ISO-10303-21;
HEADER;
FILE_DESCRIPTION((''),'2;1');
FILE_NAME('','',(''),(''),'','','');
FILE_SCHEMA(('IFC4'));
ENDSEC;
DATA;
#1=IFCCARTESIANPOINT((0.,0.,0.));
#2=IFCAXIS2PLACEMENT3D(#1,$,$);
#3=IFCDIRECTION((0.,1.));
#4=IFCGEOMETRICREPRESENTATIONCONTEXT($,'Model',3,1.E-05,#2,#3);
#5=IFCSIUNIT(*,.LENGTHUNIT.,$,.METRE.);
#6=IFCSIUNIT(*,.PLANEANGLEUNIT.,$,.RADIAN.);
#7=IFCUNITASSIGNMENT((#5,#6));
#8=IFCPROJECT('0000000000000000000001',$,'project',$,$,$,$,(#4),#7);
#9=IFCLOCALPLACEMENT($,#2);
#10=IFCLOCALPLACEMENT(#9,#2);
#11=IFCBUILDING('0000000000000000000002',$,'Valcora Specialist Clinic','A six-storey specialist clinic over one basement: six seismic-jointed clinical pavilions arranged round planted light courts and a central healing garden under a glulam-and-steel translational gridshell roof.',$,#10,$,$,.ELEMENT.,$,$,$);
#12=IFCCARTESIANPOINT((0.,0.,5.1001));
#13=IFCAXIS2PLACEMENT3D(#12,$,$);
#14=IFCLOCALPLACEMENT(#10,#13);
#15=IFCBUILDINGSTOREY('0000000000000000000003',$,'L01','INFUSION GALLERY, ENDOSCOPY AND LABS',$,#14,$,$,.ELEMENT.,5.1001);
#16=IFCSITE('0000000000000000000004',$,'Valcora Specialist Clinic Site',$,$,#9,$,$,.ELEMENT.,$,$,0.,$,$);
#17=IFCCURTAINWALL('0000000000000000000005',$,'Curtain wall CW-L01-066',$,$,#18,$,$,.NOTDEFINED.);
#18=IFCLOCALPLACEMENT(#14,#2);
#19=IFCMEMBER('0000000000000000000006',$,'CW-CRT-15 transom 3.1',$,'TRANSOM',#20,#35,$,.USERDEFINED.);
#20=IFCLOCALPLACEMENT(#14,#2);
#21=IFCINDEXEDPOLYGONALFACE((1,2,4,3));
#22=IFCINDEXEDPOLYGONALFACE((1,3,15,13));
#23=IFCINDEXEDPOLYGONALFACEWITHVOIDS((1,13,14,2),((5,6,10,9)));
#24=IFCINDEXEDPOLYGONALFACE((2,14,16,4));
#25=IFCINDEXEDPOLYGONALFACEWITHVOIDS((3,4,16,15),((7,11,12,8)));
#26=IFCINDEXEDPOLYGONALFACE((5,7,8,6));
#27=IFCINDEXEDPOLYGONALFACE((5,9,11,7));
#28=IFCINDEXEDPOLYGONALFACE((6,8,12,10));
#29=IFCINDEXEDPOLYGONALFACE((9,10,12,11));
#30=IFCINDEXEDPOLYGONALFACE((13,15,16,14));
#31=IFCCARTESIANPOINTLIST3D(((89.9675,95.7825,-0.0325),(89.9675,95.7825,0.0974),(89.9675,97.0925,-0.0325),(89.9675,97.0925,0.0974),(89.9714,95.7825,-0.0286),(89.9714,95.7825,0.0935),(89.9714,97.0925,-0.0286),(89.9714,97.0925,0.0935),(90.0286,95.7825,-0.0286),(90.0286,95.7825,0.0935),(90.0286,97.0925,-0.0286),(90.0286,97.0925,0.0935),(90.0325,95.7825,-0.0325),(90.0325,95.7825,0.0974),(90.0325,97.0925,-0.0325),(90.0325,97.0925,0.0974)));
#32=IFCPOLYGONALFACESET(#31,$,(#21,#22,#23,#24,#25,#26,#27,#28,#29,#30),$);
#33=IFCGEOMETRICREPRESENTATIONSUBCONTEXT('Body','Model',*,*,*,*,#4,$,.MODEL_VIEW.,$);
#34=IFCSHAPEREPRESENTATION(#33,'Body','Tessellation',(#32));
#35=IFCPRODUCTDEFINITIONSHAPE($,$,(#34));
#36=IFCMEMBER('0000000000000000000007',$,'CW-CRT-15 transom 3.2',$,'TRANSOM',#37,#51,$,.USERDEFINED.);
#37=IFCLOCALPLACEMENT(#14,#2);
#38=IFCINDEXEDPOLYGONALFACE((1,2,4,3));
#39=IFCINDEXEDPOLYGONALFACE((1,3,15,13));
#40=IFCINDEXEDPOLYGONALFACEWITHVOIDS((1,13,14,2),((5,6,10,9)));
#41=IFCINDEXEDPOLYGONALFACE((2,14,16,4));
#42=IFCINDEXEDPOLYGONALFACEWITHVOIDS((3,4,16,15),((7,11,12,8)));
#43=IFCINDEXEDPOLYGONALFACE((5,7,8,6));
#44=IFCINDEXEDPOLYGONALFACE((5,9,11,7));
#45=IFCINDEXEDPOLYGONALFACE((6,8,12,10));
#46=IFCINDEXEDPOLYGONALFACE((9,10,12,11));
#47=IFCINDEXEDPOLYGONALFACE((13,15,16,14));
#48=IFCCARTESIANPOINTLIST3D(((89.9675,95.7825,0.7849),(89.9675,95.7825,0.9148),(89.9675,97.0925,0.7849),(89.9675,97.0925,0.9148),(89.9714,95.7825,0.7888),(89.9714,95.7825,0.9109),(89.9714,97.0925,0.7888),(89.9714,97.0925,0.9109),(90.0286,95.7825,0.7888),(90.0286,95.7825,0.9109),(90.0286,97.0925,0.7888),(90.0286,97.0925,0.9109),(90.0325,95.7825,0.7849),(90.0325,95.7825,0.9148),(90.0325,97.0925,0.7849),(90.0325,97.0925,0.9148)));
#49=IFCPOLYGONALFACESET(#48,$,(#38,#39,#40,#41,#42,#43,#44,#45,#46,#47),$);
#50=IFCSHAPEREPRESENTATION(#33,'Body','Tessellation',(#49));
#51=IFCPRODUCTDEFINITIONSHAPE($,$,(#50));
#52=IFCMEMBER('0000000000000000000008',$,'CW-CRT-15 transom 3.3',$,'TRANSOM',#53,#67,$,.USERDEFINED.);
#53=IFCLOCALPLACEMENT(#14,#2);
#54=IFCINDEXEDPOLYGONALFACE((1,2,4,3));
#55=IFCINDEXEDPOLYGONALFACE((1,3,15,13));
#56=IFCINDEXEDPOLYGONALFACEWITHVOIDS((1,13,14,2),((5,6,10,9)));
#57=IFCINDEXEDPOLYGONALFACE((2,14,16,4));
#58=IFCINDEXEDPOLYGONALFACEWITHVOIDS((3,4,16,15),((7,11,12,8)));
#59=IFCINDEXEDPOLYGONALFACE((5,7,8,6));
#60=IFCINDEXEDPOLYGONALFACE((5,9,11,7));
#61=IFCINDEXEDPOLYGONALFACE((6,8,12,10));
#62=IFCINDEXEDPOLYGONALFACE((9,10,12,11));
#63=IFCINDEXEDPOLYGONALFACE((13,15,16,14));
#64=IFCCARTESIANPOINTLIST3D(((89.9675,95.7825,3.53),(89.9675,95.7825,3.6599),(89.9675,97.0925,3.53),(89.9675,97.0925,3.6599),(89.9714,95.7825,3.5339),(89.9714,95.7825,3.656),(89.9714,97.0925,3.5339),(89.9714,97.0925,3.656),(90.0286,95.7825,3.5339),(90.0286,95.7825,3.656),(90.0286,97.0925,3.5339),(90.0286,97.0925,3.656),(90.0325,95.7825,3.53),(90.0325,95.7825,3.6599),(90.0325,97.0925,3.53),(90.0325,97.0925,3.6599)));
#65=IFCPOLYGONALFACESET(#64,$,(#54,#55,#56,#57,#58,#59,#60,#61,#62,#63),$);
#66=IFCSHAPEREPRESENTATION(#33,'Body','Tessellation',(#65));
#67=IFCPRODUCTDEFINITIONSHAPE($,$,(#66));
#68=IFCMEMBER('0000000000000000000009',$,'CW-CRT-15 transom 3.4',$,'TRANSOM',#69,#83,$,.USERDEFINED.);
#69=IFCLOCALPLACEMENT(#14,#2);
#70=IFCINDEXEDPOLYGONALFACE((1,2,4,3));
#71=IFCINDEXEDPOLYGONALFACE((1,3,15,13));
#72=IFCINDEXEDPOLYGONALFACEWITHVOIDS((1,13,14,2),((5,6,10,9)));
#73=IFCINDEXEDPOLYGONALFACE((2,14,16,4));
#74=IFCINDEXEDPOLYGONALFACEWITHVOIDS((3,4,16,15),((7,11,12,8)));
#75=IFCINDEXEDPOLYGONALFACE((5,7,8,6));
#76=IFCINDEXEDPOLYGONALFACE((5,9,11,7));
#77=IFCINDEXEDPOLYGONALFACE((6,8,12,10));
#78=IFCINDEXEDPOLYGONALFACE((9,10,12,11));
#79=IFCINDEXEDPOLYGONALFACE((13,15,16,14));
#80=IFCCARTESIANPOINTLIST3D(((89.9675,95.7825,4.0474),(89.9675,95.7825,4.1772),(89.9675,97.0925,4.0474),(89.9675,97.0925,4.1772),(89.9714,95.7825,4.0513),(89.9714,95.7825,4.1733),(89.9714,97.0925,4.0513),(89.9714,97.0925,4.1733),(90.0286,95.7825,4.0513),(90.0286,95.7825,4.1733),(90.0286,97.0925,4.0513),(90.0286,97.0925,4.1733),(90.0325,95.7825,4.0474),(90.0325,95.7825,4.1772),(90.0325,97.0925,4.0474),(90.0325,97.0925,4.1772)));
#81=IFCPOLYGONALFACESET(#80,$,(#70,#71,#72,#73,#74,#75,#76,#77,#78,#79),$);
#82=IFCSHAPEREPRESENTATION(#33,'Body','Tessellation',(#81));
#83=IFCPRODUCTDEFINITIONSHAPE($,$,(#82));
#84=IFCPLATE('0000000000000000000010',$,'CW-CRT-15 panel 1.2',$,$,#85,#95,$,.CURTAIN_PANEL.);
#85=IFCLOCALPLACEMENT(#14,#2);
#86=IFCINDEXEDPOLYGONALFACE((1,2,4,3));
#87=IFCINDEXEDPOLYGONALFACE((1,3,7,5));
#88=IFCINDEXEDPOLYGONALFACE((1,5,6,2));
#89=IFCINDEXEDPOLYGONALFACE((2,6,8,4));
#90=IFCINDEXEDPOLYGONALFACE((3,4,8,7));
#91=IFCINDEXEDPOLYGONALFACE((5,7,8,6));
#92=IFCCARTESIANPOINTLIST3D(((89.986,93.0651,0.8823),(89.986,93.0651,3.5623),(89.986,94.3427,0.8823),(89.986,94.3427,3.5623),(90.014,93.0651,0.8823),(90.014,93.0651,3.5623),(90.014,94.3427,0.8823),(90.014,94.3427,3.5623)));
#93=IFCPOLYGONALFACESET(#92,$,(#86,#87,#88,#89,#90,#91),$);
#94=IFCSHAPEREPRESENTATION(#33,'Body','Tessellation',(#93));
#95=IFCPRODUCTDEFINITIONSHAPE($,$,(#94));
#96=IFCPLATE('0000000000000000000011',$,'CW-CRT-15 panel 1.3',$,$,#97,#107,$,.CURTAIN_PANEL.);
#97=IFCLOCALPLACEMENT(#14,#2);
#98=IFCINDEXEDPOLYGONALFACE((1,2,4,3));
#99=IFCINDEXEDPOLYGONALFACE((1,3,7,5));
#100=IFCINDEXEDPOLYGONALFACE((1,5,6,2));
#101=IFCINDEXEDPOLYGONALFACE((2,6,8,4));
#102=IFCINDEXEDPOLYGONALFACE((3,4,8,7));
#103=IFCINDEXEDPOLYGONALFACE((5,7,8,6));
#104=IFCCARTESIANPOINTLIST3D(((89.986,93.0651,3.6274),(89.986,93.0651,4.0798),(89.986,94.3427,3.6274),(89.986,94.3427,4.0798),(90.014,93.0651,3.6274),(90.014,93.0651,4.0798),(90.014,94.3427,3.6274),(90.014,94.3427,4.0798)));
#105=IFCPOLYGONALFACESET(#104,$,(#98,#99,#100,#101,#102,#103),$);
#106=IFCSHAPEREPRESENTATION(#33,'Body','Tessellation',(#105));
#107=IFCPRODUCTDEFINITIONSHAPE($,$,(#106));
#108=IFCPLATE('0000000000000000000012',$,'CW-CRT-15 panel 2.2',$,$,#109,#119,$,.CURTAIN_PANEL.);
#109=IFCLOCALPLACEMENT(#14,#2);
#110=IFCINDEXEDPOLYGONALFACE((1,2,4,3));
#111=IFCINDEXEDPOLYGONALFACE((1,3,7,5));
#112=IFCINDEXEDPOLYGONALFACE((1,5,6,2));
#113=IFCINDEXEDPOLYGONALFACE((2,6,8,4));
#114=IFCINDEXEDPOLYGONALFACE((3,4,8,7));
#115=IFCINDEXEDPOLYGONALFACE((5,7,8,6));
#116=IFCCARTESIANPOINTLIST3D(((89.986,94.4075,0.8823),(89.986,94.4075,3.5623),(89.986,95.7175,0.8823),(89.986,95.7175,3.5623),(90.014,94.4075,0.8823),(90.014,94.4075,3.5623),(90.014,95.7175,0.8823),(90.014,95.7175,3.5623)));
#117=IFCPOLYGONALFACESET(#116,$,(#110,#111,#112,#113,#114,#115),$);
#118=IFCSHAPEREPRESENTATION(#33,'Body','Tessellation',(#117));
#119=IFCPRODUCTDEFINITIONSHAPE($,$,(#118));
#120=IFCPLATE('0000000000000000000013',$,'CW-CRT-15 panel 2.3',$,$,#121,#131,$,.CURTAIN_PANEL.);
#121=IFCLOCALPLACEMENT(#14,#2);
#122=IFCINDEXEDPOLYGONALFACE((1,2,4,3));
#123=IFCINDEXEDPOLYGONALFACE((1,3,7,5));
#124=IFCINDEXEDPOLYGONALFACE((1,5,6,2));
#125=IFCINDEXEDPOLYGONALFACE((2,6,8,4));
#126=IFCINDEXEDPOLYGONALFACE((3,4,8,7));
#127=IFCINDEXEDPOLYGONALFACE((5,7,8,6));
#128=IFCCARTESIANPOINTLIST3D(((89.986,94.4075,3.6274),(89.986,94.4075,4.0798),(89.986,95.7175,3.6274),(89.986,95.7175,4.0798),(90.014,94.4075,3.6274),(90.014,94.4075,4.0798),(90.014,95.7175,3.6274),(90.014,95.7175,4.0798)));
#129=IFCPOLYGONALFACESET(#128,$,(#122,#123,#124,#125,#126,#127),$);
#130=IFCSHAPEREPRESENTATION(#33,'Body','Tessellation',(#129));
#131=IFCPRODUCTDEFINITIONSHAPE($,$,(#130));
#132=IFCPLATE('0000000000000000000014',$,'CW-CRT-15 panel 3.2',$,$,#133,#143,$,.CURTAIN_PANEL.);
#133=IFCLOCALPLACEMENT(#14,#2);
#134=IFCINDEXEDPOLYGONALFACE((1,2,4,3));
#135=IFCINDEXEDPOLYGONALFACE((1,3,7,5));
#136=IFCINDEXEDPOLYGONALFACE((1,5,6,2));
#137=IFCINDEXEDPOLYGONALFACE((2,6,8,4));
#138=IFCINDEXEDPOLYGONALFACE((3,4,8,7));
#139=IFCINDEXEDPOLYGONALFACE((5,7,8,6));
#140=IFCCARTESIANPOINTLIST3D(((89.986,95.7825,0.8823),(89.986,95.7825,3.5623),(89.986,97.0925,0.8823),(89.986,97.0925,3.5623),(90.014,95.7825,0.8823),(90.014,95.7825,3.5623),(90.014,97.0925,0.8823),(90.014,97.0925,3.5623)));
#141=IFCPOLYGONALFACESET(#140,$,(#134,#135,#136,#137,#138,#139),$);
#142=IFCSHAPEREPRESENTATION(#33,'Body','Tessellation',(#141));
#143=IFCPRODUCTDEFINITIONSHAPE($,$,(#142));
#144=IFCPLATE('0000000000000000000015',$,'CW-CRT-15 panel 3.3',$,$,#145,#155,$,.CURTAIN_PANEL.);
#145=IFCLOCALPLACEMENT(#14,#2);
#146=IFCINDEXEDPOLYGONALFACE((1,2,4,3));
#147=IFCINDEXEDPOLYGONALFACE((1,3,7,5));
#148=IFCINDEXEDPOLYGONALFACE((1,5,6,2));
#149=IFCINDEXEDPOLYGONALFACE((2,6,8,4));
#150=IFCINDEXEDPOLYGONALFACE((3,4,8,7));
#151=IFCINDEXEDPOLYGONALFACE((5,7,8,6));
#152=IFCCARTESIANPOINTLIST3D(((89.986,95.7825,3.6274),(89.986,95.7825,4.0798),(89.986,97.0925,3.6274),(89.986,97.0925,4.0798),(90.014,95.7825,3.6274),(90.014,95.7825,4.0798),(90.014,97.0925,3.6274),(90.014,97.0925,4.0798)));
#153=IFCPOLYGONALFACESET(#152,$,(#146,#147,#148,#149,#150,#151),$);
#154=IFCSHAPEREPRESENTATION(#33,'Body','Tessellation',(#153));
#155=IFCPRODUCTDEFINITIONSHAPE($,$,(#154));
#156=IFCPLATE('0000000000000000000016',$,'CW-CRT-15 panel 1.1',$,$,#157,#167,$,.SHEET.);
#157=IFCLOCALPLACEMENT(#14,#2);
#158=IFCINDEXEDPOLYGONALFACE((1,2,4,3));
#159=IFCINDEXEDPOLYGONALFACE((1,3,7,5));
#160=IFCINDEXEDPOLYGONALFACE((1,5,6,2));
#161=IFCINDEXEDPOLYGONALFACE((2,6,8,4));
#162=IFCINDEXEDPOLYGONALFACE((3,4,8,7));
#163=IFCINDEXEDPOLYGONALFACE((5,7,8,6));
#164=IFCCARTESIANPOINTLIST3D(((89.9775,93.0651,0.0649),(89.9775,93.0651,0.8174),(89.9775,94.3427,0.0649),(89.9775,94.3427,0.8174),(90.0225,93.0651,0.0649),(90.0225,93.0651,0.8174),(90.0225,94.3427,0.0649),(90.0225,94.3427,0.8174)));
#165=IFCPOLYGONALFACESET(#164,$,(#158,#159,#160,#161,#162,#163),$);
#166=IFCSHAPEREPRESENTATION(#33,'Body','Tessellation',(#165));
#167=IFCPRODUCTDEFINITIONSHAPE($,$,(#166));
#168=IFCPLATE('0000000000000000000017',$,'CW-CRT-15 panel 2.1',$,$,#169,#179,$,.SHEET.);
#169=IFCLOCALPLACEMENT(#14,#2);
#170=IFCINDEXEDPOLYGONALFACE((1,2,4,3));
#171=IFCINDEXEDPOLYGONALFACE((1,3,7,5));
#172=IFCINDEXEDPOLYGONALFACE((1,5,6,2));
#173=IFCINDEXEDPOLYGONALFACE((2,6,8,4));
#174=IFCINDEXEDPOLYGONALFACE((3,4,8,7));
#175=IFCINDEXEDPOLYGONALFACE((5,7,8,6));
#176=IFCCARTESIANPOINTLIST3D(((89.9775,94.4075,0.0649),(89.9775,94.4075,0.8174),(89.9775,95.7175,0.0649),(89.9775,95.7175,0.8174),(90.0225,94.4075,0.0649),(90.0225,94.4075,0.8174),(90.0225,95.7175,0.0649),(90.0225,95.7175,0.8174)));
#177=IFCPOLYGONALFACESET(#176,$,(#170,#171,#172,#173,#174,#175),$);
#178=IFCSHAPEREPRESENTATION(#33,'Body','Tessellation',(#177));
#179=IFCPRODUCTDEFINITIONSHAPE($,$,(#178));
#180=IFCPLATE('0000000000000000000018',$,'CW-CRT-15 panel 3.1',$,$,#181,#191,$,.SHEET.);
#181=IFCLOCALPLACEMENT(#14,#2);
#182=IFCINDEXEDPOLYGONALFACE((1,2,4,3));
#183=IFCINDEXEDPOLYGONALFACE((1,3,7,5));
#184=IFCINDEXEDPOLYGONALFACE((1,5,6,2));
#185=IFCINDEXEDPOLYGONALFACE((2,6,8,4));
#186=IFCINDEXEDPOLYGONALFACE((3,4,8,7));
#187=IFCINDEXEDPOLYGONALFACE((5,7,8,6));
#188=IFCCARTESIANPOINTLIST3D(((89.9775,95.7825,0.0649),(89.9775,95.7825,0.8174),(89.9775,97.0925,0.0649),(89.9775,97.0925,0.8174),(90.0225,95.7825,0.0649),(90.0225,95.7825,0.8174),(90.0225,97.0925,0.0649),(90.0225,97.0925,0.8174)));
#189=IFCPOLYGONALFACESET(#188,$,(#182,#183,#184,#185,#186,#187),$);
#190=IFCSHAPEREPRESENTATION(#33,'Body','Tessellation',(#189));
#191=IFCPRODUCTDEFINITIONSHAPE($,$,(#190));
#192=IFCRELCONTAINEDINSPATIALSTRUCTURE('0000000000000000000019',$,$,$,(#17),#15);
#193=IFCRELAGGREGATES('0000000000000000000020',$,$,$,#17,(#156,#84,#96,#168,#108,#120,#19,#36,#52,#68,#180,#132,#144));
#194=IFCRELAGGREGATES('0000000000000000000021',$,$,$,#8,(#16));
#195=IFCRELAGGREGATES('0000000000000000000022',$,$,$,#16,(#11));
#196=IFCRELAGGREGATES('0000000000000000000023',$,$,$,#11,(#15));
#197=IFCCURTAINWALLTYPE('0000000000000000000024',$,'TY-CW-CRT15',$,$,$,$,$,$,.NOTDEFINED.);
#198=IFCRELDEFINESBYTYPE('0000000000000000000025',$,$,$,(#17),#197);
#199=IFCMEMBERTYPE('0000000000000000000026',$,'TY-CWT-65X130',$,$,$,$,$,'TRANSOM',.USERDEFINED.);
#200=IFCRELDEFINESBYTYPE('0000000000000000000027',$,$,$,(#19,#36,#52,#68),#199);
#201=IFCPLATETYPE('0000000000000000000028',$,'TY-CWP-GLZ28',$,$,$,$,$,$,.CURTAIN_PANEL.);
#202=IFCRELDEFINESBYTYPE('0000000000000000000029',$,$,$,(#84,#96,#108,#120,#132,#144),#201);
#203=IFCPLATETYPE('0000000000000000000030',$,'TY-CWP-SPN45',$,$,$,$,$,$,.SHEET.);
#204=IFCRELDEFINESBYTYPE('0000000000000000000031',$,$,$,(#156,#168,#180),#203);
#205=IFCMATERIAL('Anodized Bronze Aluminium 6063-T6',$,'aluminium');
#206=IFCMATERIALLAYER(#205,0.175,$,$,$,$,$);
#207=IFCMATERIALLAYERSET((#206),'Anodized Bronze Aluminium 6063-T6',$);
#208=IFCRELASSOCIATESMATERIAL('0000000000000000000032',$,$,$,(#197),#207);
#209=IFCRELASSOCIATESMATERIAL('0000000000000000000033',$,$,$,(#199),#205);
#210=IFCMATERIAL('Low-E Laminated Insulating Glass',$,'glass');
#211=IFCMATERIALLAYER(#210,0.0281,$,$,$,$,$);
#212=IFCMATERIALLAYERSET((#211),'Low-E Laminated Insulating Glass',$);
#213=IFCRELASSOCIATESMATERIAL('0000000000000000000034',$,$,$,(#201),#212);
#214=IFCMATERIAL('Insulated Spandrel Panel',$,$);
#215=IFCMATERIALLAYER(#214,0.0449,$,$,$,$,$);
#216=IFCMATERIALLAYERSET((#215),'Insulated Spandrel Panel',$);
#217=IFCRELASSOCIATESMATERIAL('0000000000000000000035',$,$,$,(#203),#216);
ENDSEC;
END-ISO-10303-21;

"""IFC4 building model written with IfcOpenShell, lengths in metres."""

from ifc_helpers import new_model, si_unit, direction, frame, origin, origin_2d, place, context, subcontext, project, spatial, rectangle, hollow_rectangle, extrude, material, layer, layer_set, material_profile, profile_set, type_object, element, aggregate, save


model = new_model("IFC4")

# Units and contexts
model_context = context("Model", 3, precision=1e-05, world=origin(), true_north=direction((0.0, 1.0)))
body_context = subcontext(model_context, "Body", "Model", "MODEL_VIEW")
ifc_project = project(units=[si_unit("LENGTHUNIT", "METRE"), si_unit("PLANEANGLEUNIT", "RADIAN")], contexts=[model_context])

# Site, building, storey
site_placement = place(None, origin())
site = spatial("IfcSite", under=ifc_project, at=site_placement, Name="Valcora Specialist Clinic Site", CompositionType="ELEMENT", RefElevation=0.0)
building_placement = place(site_placement, origin())
building = spatial("IfcBuilding", under=site, at=building_placement, Name="Valcora Specialist Clinic", Description="A six-storey specialist clinic over one basement: six seismic-jointed clinical pavilions arranged round planted light courts and a central healing garden under a glulam-and-steel translational gridshell roof.", CompositionType="ELEMENT")
storey_placement = place(building_placement, frame((0.0, 0.0, 5.1001)))
storey = spatial("IfcBuildingStorey", under=building, at=storey_placement, Name="L01", Description="INFUSION GALLERY, ENDOSCOPY AND LABS", CompositionType="ELEMENT", Elevation=5.1001)

# Curtain wall, members, plates
ifc_material_1 = material(Name="Anodized Bronze Aluminium 6063-T6", Category="aluminium")
ifc_layer_1 = layer(ifc_material_1, 0.175)
ifc_layer_set_1 = layer_set([ifc_layer_1], Name="Anodized Bronze Aluminium 6063-T6")
curtain_wall_type = type_object("IfcCurtainWallType", Name="TY-CW-CRT15", PredefinedType="NOTDEFINED", material=ifc_layer_set_1)
curtain_wall_placement = place(storey_placement, origin())
curtain_wall = element("IfcCurtainWall", 1, at=curtain_wall_placement, inside=storey, type_object=curtain_wall_type, Name="Curtain wall CW-L01-066", PredefinedType="NOTDEFINED")
ifc_material_profile_1 = material_profile(ifc_material_1, hollow_rectangle(XDim=0.0649, YDim=0.1299, WallThickness=0.0039, at=origin_2d()), Name="AL-TRN-65X130")
ifc_profile_set_1 = profile_set([ifc_material_profile_1], Name="Anodized Bronze Aluminium 6063-T6")
member_type_1 = type_object("IfcMemberType", Name="TY-CWT-65X130", ElementType="TRANSOM", PredefinedType="USERDEFINED", material=ifc_profile_set_1)
member_1_placement = place(storey_placement, frame((90.0, 95.7825, 0.0325), z_axis=(0.0, 1.0, 0.0), x_axis=(-1.0, 0.0, 0.0)))
member_1 = element("IfcMember", 2, at=member_1_placement, type_object=member_type_1, Name="CW-CRT-15 transom 3.1", ObjectType="TRANSOM", PredefinedType="USERDEFINED", context=body_context, shape_type="SweptSolid", body=[
    extrude(hollow_rectangle(XDim=0.0649, YDim=0.1299, WallThickness=0.0039, at=origin_2d()), origin(), (0.0, 0.0, 1.0), 1.3101),
])
member_2_placement = place(storey_placement, frame((90.0, 95.7825, 0.8499), z_axis=(0.0, 1.0, 0.0), x_axis=(-1.0, 0.0, 0.0)))
member_2 = element("IfcMember", 3, at=member_2_placement, type_object=member_type_1, Name="CW-CRT-15 transom 3.2", ObjectType="TRANSOM", PredefinedType="USERDEFINED", context=body_context, shape_type="SweptSolid", body=[
    extrude(hollow_rectangle(XDim=0.0649, YDim=0.1299, WallThickness=0.0039, at=origin_2d()), origin(), (0.0, 0.0, 1.0), 1.3101),
])
member_3_placement = place(storey_placement, frame((90.0, 95.7825, 3.595), z_axis=(0.0, 1.0, 0.0), x_axis=(-1.0, 0.0, 0.0)))
member_3 = element("IfcMember", 4, at=member_3_placement, type_object=member_type_1, Name="CW-CRT-15 transom 3.3", ObjectType="TRANSOM", PredefinedType="USERDEFINED", context=body_context, shape_type="SweptSolid", body=[
    extrude(hollow_rectangle(XDim=0.0649, YDim=0.1299, WallThickness=0.0039, at=origin_2d()), origin(), (0.0, 0.0, 1.0), 1.3101),
])
member_4_placement = place(storey_placement, frame((90.0, 95.7825, 4.1123), z_axis=(0.0, 1.0, 0.0), x_axis=(-1.0, 0.0, 0.0)))
member_4 = element("IfcMember", 5, at=member_4_placement, type_object=member_type_1, Name="CW-CRT-15 transom 3.4", ObjectType="TRANSOM", PredefinedType="USERDEFINED", context=body_context, shape_type="SweptSolid", body=[
    extrude(hollow_rectangle(XDim=0.0649, YDim=0.1299, WallThickness=0.0039, at=origin_2d()), origin(), (0.0, 0.0, 1.0), 1.3101),
])
ifc_material_2 = material(Name="Low-E Laminated Insulating Glass", Category="glass")
ifc_layer_2 = layer(ifc_material_2, 0.0281)
ifc_layer_set_2 = layer_set([ifc_layer_2], Name="Low-E Laminated Insulating Glass")
plate_type_1 = type_object("IfcPlateType", Name="TY-CWP-GLZ28", PredefinedType="CURTAIN_PANEL", material=ifc_layer_set_2)
plate_1_placement = place(storey_placement, frame((90.0, 93.7039, 0.8823), z_axis=(0.0, 0.0, 1.0), x_axis=(0.0, 1.0, 0.0)))
plate_1 = element("IfcPlate", 6, at=plate_1_placement, type_object=plate_type_1, Name="CW-CRT-15 panel 1.2", PredefinedType="CURTAIN_PANEL", context=body_context, shape_type="SweptSolid", body=[
    extrude(rectangle(XDim=1.2776, YDim=0.0281, at=origin_2d()), origin(), (0.0, 0.0, 1.0), 2.6799),
])
plate_2_placement = place(storey_placement, frame((90.0, 93.7039, 3.6274), z_axis=(0.0, 0.0, 1.0), x_axis=(0.0, 1.0, 0.0)))
plate_2 = element("IfcPlate", 7, at=plate_2_placement, type_object=plate_type_1, Name="CW-CRT-15 panel 1.3", PredefinedType="CURTAIN_PANEL", context=body_context, shape_type="SweptSolid", body=[
    extrude(rectangle(XDim=1.2776, YDim=0.0281, at=origin_2d()), origin(), (0.0, 0.0, 1.0), 0.4524),
])
plate_3_placement = place(storey_placement, frame((90.0, 95.0625, 0.8823), z_axis=(0.0, 0.0, 1.0), x_axis=(0.0, 1.0, 0.0)))
plate_3 = element("IfcPlate", 8, at=plate_3_placement, type_object=plate_type_1, Name="CW-CRT-15 panel 2.2", PredefinedType="CURTAIN_PANEL", context=body_context, shape_type="SweptSolid", body=[
    extrude(rectangle(XDim=1.3101, YDim=0.0281, at=origin_2d()), origin(), (0.0, 0.0, 1.0), 2.6799),
])
plate_4_placement = place(storey_placement, frame((90.0, 95.0625, 3.6274), z_axis=(0.0, 0.0, 1.0), x_axis=(0.0, 1.0, 0.0)))
plate_4 = element("IfcPlate", 9, at=plate_4_placement, type_object=plate_type_1, Name="CW-CRT-15 panel 2.3", PredefinedType="CURTAIN_PANEL", context=body_context, shape_type="SweptSolid", body=[
    extrude(rectangle(XDim=1.3101, YDim=0.0281, at=origin_2d()), origin(), (0.0, 0.0, 1.0), 0.4524),
])
plate_5_placement = place(storey_placement, frame((90.0, 96.4375, 0.8823), z_axis=(0.0, 0.0, 1.0), x_axis=(0.0, 1.0, 0.0)))
plate_5 = element("IfcPlate", 10, at=plate_5_placement, type_object=plate_type_1, Name="CW-CRT-15 panel 3.2", PredefinedType="CURTAIN_PANEL", context=body_context, shape_type="SweptSolid", body=[
    extrude(rectangle(XDim=1.3101, YDim=0.0281, at=origin_2d()), origin(), (0.0, 0.0, 1.0), 2.6799),
])
plate_6_placement = place(storey_placement, frame((90.0, 96.4375, 3.6274), z_axis=(0.0, 0.0, 1.0), x_axis=(0.0, 1.0, 0.0)))
plate_6 = element("IfcPlate", 11, at=plate_6_placement, type_object=plate_type_1, Name="CW-CRT-15 panel 3.3", PredefinedType="CURTAIN_PANEL", context=body_context, shape_type="SweptSolid", body=[
    extrude(rectangle(XDim=1.3101, YDim=0.0281, at=origin_2d()), origin(), (0.0, 0.0, 1.0), 0.4524),
])
ifc_material_3 = material(Name="Insulated Spandrel Panel")
ifc_layer_3 = layer(ifc_material_3, 0.0449)
ifc_layer_set_3 = layer_set([ifc_layer_3], Name="Insulated Spandrel Panel")
plate_type_2 = type_object("IfcPlateType", Name="TY-CWP-SPN45", PredefinedType="SHEET", material=ifc_layer_set_3)
plate_7_placement = place(storey_placement, frame((90.0, 93.7039, 0.0649), z_axis=(0.0, 0.0, 1.0), x_axis=(0.0, 1.0, 0.0)))
plate_7 = element("IfcPlate", 12, at=plate_7_placement, type_object=plate_type_2, Name="CW-CRT-15 panel 1.1", PredefinedType="SHEET", context=body_context, shape_type="SweptSolid", body=[
    extrude(rectangle(XDim=1.2776, YDim=0.0449, at=origin_2d()), origin(), (0.0, 0.0, 1.0), 0.7524),
])
plate_8_placement = place(storey_placement, frame((90.0, 95.0625, 0.0649), z_axis=(0.0, 0.0, 1.0), x_axis=(0.0, 1.0, 0.0)))
plate_8 = element("IfcPlate", 13, at=plate_8_placement, type_object=plate_type_2, Name="CW-CRT-15 panel 2.1", PredefinedType="SHEET", context=body_context, shape_type="SweptSolid", body=[
    extrude(rectangle(XDim=1.3101, YDim=0.0449, at=origin_2d()), origin(), (0.0, 0.0, 1.0), 0.7524),
])
plate_9_placement = place(storey_placement, frame((90.0, 96.4375, 0.0649), z_axis=(0.0, 0.0, 1.0), x_axis=(0.0, 1.0, 0.0)))
plate_9 = element("IfcPlate", 14, at=plate_9_placement, type_object=plate_type_2, Name="CW-CRT-15 panel 3.1", PredefinedType="SHEET", context=body_context, shape_type="SweptSolid", body=[
    extrude(rectangle(XDim=1.3101, YDim=0.0449, at=origin_2d()), origin(), (0.0, 0.0, 1.0), 0.7524),
])
aggregate(curtain_wall, [plate_7, plate_1, plate_2, plate_8, plate_3, plate_4, member_1, member_2, member_3, member_4, plate_9, plate_5, plate_6])

save(model, "model.ifc")
